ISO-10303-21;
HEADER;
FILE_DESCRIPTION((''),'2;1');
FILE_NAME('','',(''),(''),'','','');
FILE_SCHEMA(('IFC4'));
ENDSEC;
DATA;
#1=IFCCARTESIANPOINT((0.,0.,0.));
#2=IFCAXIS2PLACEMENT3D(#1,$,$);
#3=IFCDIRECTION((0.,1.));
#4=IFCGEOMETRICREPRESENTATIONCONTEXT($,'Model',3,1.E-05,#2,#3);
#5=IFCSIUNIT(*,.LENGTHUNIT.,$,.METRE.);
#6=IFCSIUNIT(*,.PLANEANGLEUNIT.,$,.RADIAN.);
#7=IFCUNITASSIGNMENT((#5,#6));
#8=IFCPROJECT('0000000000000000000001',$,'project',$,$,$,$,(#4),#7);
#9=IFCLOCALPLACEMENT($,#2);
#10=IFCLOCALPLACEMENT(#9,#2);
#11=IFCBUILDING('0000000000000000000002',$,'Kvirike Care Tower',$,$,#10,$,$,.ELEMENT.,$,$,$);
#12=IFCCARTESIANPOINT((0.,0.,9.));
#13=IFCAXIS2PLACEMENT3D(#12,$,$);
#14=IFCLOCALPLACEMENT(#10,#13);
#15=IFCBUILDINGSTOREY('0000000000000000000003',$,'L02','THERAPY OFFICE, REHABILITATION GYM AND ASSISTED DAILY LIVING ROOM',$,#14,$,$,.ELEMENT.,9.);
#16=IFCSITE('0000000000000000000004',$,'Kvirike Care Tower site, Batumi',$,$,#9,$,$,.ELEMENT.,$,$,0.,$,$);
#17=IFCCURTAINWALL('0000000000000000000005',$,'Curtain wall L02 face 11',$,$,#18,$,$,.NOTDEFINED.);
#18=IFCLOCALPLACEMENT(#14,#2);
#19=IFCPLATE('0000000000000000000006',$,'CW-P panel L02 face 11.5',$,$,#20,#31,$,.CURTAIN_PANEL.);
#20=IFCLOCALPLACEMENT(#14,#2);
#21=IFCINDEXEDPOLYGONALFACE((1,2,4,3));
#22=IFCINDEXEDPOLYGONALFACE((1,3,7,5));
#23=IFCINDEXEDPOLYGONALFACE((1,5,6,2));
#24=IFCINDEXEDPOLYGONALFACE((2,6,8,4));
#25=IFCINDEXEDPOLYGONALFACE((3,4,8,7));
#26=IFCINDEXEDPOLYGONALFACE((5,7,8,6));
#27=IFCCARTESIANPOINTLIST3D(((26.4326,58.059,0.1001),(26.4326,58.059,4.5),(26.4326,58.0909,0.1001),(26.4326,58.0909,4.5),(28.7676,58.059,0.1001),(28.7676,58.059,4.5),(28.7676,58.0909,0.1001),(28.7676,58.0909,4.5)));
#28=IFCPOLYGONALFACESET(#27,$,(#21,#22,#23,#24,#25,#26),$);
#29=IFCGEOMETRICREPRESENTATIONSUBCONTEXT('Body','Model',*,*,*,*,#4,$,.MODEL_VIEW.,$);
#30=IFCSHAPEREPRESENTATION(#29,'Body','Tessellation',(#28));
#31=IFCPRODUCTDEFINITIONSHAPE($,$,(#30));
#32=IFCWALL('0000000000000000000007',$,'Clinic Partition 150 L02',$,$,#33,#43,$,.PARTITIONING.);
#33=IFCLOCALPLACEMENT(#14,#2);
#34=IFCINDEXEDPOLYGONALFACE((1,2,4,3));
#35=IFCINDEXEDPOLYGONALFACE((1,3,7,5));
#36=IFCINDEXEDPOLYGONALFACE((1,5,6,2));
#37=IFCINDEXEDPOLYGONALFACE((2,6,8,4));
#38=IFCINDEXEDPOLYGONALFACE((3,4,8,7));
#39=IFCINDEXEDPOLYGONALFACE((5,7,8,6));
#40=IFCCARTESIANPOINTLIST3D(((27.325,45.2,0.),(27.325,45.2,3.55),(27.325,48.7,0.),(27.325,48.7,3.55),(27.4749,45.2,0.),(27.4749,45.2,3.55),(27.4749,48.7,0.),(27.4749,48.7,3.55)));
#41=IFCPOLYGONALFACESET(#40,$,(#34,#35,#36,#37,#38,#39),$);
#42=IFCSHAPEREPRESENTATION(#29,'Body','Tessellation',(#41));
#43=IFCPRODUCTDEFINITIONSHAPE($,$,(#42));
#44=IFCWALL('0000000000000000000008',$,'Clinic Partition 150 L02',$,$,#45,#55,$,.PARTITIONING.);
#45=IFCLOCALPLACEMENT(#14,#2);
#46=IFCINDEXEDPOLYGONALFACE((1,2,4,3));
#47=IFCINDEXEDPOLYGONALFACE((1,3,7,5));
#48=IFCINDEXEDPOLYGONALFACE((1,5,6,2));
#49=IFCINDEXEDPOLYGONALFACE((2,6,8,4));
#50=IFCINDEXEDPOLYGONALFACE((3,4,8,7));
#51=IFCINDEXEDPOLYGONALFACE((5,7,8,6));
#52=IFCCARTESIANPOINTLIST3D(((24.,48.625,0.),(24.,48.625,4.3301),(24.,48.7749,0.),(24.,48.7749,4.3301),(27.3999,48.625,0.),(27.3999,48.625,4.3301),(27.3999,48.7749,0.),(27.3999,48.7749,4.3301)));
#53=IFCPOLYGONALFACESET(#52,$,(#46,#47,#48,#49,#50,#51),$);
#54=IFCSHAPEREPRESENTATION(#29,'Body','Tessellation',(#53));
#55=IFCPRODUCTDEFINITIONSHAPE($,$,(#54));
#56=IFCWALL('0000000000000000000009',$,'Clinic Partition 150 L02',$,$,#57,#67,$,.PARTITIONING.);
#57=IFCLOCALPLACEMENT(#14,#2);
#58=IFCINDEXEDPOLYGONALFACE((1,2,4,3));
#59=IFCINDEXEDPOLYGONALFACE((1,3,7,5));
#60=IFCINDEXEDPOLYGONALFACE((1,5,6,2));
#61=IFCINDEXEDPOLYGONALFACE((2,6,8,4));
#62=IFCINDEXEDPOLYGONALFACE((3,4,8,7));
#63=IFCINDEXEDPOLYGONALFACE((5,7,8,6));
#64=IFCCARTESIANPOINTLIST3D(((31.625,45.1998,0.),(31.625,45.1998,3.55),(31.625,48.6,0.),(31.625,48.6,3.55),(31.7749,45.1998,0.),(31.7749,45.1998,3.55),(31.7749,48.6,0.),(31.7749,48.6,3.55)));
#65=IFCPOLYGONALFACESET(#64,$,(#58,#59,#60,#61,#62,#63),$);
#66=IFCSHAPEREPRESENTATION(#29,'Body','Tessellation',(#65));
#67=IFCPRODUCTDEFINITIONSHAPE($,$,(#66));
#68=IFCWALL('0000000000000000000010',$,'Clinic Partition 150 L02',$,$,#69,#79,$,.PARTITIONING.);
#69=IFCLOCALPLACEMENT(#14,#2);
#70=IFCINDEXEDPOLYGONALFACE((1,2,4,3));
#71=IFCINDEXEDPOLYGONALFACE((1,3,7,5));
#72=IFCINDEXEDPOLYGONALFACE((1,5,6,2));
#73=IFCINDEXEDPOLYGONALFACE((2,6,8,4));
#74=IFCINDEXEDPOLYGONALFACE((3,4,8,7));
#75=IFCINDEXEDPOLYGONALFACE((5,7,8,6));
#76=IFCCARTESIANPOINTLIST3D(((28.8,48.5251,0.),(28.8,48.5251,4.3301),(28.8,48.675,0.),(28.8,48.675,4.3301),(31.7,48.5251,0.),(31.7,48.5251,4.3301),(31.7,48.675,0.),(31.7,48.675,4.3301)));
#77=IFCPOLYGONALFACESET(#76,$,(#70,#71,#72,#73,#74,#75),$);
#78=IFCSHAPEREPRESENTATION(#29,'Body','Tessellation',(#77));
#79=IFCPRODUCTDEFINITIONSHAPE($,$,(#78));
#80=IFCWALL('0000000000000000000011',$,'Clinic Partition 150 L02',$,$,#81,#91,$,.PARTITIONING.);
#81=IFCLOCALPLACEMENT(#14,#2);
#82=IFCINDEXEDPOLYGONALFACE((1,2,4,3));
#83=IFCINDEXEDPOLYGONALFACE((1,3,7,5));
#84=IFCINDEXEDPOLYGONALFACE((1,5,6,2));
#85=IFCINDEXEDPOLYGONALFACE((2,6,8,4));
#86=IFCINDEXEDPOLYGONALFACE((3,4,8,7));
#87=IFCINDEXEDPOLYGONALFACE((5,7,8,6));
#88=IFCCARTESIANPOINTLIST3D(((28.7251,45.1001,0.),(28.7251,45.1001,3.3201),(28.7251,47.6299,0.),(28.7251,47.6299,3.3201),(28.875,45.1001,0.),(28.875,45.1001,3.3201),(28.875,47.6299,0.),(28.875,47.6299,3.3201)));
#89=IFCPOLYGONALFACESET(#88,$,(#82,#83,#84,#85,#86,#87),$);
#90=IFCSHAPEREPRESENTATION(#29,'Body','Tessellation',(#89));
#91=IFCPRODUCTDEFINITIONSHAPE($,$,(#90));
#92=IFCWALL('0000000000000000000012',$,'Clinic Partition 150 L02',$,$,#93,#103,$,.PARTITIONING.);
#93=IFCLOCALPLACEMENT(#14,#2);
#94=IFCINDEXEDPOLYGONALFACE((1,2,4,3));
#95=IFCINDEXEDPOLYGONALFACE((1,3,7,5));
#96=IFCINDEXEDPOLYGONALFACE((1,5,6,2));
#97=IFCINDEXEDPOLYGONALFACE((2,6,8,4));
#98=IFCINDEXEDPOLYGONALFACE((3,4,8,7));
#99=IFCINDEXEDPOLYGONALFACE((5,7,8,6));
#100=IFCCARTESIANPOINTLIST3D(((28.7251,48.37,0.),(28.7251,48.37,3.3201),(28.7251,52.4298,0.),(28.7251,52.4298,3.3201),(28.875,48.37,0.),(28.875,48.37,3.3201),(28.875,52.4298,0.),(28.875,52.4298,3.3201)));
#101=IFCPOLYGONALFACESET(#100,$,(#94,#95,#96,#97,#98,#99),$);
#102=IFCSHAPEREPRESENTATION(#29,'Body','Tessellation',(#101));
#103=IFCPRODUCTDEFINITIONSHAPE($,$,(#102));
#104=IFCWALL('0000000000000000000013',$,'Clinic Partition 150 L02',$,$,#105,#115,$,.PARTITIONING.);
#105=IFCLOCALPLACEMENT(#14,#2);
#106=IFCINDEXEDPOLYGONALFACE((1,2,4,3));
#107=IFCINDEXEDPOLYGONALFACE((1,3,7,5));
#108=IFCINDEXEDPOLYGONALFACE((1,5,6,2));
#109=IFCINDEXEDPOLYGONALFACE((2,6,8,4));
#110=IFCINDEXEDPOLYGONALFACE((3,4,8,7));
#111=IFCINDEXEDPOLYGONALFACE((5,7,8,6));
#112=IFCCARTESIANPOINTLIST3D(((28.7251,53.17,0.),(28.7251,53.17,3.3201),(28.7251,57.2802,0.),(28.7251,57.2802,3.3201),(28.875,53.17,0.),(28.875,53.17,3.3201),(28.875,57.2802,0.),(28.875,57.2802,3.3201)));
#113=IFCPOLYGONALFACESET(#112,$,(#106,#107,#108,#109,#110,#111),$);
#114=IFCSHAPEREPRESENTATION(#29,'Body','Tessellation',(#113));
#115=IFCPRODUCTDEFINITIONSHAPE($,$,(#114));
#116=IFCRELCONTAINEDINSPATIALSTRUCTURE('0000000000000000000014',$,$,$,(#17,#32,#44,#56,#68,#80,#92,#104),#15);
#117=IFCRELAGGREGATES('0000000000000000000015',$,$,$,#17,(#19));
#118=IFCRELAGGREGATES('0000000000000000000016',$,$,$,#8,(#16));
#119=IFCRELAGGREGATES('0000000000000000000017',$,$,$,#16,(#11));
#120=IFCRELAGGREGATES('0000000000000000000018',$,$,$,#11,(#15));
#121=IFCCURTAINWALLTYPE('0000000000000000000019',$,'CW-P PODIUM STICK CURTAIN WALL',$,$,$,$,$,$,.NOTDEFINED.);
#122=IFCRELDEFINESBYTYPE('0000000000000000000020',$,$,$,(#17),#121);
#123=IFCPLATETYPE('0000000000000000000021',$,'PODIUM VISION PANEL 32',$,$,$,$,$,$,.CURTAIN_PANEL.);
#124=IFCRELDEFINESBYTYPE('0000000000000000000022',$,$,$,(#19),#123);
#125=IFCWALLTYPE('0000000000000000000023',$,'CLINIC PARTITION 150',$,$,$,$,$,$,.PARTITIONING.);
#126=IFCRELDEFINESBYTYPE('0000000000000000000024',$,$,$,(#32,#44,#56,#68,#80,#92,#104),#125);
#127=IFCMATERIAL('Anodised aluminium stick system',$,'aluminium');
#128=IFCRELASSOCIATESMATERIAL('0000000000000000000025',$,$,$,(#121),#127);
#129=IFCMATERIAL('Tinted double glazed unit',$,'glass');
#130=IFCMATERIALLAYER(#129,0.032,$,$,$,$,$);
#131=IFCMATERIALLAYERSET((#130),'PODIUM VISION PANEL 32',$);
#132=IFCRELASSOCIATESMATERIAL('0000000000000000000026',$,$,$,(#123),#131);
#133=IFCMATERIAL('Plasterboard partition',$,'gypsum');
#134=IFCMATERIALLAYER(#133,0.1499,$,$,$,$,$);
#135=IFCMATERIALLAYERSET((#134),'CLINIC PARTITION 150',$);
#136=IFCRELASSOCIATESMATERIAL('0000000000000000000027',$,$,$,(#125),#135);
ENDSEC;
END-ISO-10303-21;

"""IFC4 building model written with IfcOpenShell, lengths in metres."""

from ifc_helpers import new_model, si_unit, direction, frame, frame_2d, origin, origin_2d, place, context, subcontext, project, spatial, rectangle, extrude, material, layer, layer_set, type_object, element, aggregate, save


model = new_model("IFC4")

# Units and contexts
model_context = context("Model", 3, precision=1e-05, world=origin(), true_north=direction((0.0, 1.0)))
body_context = subcontext(model_context, "Body", "Model", "MODEL_VIEW")
ifc_project = project(units=[si_unit("LENGTHUNIT", "METRE"), si_unit("PLANEANGLEUNIT", "RADIAN")], contexts=[model_context])

# Site, building, storey
site_placement = place(None, origin())
site = spatial("IfcSite", under=ifc_project, at=site_placement, Name="Kvirike Care Tower site, Batumi", CompositionType="ELEMENT", RefElevation=0.0)
building_placement = place(site_placement, origin())
building = spatial("IfcBuilding", under=site, at=building_placement, Name="Kvirike Care Tower", CompositionType="ELEMENT")
storey_placement = place(building_placement, frame((0.0, 0.0, 9.0)))
storey = spatial("IfcBuildingStorey", under=building, at=storey_placement, Name="L02", Description="THERAPY OFFICE, REHABILITATION GYM AND ASSISTED DAILY LIVING ROOM", CompositionType="ELEMENT", Elevation=9.0)

# Curtain wall
ifc_material_1 = material(Name="Anodised aluminium stick system", Category="aluminium")
curtain_wall_type = type_object("IfcCurtainWallType", Name="CW-P PODIUM STICK CURTAIN WALL", PredefinedType="NOTDEFINED", material=ifc_material_1)
curtain_wall_placement = place(storey_placement, origin())
curtain_wall = element("IfcCurtainWall", 1, at=curtain_wall_placement, inside=storey, type_object=curtain_wall_type, Name="Curtain wall L02 face 11", PredefinedType="NOTDEFINED")

# Plate
ifc_material_2 = material(Name="Tinted double glazed unit", Category="glass")
ifc_layer_1 = layer(ifc_material_2, 0.032)
ifc_layer_set_1 = layer_set([ifc_layer_1], Name="PODIUM VISION PANEL 32")
plate_type = type_object("IfcPlateType", Name="PODIUM VISION PANEL 32", PredefinedType="CURTAIN_PANEL", material=ifc_layer_set_1)
plate_1_placement = place(storey_placement, frame((27.6001, 58.075, 0.1001), z_axis=(0.0, 0.0, 1.0), x_axis=(-1.0, 0.0, 0.0)))
plate_1 = element("IfcPlate", 2, at=plate_1_placement, type_object=plate_type, Name="CW-P panel L02 face 11.5", PredefinedType="CURTAIN_PANEL", context=body_context, shape_type="SweptSolid", body=[
    extrude(rectangle(XDim=2.335, YDim=0.032, at=origin_2d()), origin(), (0.0, 0.0, 1.0), 4.3999),
])
aggregate(curtain_wall, [plate_1])

# Walls
ifc_material_3 = material(Name="Plasterboard partition", Category="gypsum")
ifc_layer_2 = layer(ifc_material_3, 0.1499)
ifc_layer_set_2 = layer_set([ifc_layer_2], Name="CLINIC PARTITION 150")
wall_type_1 = type_object("IfcWallType", Name="CLINIC PARTITION 150", PredefinedType="PARTITIONING", material=ifc_layer_set_2)
wall_1_placement = place(storey_placement, frame((27.3999, 48.7, 0.0), z_axis=(0.0, 0.0, 1.0), x_axis=(0.0, -1.0, 0.0)))
element("IfcWall", 3, at=wall_1_placement, inside=storey, type_object=wall_type_1, Name="Clinic Partition 150 L02", PredefinedType="PARTITIONING", context=body_context, shape_type="SweptSolid", body=[
    extrude(rectangle(XDim=3.5, YDim=0.1499, at=frame_2d((1.75, 0.0))), origin(), (0.0, 0.0, 1.0), 3.55),
])
wall_2_placement = place(storey_placement, frame((27.3999, 48.7, 0.0), z_axis=(0.0, 0.0, 1.0), x_axis=(-1.0, 0.0, 0.0)))
element("IfcWall", 4, at=wall_2_placement, inside=storey, type_object=wall_type_1, Name="Clinic Partition 150 L02", PredefinedType="PARTITIONING", context=body_context, shape_type="SweptSolid", body=[
    extrude(rectangle(XDim=3.3999, YDim=0.1499, at=frame_2d((1.7, 0.0))), origin(), (0.0, 0.0, 1.0), 4.3301),
])
wall_3_placement = place(storey_placement, frame((31.7, 48.6001, 0.0), z_axis=(0.0, 0.0, 1.0), x_axis=(0.0, -1.0, 0.0)))
element("IfcWall", 5, at=wall_3_placement, inside=storey, type_object=wall_type_1, Name="Clinic Partition 150 L02", PredefinedType="PARTITIONING", context=body_context, shape_type="SweptSolid", body=[
    extrude(rectangle(XDim=3.4001, YDim=0.1499, at=frame_2d((1.7002, 0.0))), origin(), (0.0, 0.0, 1.0), 3.55),
])
wall_4_placement = place(storey_placement, frame((31.7, 48.6001, 0.0), z_axis=(0.0, 0.0, 1.0), x_axis=(-1.0, 0.0, 0.0)))
element("IfcWall", 6, at=wall_4_placement, inside=storey, type_object=wall_type_1, Name="Clinic Partition 150 L02", PredefinedType="PARTITIONING", context=body_context, shape_type="SweptSolid", body=[
    extrude(rectangle(XDim=2.8999, YDim=0.1499, at=frame_2d((1.45, 0.0))), origin(), (0.0, 0.0, 1.0), 4.3301),
])
wall_5_placement = place(storey_placement, frame((28.8, 45.1001, 0.0), z_axis=(0.0, 0.0, 1.0), x_axis=(0.0, 1.0, 0.0)))
element("IfcWall", 7, at=wall_5_placement, inside=storey, type_object=wall_type_1, Name="Clinic Partition 150 L02", PredefinedType="PARTITIONING", context=body_context, shape_type="SweptSolid", body=[
    extrude(rectangle(XDim=2.5298, YDim=0.1499, at=frame_2d((1.2649, 0.0))), origin(), (0.0, 0.0, 1.0), 3.3201),
])
wall_6_placement = place(storey_placement, frame((28.8, 48.3701, 0.0), z_axis=(0.0, 0.0, 1.0), x_axis=(0.0, 1.0, 0.0)))
element("IfcWall", 8, at=wall_6_placement, inside=storey, type_object=wall_type_1, Name="Clinic Partition 150 L02", PredefinedType="PARTITIONING", context=body_context, shape_type="SweptSolid", body=[
    extrude(rectangle(XDim=4.0598, YDim=0.1499, at=frame_2d((2.0298, 0.0))), origin(), (0.0, 0.0, 1.0), 3.3201),
])
wall_7_placement = place(storey_placement, frame((28.8, 53.1699, 0.0), z_axis=(0.0, 0.0, 1.0), x_axis=(0.0, 1.0, 0.0)))
element("IfcWall", 9, at=wall_7_placement, inside=storey, type_object=wall_type_1, Name="Clinic Partition 150 L02", PredefinedType="PARTITIONING", context=body_context, shape_type="SweptSolid", body=[
    extrude(rectangle(XDim=4.1101, YDim=0.1499, at=frame_2d((2.0552, 0.0))), origin(), (0.0, 0.0, 1.0), 3.3201),
])

save(model, "model.ifc")
